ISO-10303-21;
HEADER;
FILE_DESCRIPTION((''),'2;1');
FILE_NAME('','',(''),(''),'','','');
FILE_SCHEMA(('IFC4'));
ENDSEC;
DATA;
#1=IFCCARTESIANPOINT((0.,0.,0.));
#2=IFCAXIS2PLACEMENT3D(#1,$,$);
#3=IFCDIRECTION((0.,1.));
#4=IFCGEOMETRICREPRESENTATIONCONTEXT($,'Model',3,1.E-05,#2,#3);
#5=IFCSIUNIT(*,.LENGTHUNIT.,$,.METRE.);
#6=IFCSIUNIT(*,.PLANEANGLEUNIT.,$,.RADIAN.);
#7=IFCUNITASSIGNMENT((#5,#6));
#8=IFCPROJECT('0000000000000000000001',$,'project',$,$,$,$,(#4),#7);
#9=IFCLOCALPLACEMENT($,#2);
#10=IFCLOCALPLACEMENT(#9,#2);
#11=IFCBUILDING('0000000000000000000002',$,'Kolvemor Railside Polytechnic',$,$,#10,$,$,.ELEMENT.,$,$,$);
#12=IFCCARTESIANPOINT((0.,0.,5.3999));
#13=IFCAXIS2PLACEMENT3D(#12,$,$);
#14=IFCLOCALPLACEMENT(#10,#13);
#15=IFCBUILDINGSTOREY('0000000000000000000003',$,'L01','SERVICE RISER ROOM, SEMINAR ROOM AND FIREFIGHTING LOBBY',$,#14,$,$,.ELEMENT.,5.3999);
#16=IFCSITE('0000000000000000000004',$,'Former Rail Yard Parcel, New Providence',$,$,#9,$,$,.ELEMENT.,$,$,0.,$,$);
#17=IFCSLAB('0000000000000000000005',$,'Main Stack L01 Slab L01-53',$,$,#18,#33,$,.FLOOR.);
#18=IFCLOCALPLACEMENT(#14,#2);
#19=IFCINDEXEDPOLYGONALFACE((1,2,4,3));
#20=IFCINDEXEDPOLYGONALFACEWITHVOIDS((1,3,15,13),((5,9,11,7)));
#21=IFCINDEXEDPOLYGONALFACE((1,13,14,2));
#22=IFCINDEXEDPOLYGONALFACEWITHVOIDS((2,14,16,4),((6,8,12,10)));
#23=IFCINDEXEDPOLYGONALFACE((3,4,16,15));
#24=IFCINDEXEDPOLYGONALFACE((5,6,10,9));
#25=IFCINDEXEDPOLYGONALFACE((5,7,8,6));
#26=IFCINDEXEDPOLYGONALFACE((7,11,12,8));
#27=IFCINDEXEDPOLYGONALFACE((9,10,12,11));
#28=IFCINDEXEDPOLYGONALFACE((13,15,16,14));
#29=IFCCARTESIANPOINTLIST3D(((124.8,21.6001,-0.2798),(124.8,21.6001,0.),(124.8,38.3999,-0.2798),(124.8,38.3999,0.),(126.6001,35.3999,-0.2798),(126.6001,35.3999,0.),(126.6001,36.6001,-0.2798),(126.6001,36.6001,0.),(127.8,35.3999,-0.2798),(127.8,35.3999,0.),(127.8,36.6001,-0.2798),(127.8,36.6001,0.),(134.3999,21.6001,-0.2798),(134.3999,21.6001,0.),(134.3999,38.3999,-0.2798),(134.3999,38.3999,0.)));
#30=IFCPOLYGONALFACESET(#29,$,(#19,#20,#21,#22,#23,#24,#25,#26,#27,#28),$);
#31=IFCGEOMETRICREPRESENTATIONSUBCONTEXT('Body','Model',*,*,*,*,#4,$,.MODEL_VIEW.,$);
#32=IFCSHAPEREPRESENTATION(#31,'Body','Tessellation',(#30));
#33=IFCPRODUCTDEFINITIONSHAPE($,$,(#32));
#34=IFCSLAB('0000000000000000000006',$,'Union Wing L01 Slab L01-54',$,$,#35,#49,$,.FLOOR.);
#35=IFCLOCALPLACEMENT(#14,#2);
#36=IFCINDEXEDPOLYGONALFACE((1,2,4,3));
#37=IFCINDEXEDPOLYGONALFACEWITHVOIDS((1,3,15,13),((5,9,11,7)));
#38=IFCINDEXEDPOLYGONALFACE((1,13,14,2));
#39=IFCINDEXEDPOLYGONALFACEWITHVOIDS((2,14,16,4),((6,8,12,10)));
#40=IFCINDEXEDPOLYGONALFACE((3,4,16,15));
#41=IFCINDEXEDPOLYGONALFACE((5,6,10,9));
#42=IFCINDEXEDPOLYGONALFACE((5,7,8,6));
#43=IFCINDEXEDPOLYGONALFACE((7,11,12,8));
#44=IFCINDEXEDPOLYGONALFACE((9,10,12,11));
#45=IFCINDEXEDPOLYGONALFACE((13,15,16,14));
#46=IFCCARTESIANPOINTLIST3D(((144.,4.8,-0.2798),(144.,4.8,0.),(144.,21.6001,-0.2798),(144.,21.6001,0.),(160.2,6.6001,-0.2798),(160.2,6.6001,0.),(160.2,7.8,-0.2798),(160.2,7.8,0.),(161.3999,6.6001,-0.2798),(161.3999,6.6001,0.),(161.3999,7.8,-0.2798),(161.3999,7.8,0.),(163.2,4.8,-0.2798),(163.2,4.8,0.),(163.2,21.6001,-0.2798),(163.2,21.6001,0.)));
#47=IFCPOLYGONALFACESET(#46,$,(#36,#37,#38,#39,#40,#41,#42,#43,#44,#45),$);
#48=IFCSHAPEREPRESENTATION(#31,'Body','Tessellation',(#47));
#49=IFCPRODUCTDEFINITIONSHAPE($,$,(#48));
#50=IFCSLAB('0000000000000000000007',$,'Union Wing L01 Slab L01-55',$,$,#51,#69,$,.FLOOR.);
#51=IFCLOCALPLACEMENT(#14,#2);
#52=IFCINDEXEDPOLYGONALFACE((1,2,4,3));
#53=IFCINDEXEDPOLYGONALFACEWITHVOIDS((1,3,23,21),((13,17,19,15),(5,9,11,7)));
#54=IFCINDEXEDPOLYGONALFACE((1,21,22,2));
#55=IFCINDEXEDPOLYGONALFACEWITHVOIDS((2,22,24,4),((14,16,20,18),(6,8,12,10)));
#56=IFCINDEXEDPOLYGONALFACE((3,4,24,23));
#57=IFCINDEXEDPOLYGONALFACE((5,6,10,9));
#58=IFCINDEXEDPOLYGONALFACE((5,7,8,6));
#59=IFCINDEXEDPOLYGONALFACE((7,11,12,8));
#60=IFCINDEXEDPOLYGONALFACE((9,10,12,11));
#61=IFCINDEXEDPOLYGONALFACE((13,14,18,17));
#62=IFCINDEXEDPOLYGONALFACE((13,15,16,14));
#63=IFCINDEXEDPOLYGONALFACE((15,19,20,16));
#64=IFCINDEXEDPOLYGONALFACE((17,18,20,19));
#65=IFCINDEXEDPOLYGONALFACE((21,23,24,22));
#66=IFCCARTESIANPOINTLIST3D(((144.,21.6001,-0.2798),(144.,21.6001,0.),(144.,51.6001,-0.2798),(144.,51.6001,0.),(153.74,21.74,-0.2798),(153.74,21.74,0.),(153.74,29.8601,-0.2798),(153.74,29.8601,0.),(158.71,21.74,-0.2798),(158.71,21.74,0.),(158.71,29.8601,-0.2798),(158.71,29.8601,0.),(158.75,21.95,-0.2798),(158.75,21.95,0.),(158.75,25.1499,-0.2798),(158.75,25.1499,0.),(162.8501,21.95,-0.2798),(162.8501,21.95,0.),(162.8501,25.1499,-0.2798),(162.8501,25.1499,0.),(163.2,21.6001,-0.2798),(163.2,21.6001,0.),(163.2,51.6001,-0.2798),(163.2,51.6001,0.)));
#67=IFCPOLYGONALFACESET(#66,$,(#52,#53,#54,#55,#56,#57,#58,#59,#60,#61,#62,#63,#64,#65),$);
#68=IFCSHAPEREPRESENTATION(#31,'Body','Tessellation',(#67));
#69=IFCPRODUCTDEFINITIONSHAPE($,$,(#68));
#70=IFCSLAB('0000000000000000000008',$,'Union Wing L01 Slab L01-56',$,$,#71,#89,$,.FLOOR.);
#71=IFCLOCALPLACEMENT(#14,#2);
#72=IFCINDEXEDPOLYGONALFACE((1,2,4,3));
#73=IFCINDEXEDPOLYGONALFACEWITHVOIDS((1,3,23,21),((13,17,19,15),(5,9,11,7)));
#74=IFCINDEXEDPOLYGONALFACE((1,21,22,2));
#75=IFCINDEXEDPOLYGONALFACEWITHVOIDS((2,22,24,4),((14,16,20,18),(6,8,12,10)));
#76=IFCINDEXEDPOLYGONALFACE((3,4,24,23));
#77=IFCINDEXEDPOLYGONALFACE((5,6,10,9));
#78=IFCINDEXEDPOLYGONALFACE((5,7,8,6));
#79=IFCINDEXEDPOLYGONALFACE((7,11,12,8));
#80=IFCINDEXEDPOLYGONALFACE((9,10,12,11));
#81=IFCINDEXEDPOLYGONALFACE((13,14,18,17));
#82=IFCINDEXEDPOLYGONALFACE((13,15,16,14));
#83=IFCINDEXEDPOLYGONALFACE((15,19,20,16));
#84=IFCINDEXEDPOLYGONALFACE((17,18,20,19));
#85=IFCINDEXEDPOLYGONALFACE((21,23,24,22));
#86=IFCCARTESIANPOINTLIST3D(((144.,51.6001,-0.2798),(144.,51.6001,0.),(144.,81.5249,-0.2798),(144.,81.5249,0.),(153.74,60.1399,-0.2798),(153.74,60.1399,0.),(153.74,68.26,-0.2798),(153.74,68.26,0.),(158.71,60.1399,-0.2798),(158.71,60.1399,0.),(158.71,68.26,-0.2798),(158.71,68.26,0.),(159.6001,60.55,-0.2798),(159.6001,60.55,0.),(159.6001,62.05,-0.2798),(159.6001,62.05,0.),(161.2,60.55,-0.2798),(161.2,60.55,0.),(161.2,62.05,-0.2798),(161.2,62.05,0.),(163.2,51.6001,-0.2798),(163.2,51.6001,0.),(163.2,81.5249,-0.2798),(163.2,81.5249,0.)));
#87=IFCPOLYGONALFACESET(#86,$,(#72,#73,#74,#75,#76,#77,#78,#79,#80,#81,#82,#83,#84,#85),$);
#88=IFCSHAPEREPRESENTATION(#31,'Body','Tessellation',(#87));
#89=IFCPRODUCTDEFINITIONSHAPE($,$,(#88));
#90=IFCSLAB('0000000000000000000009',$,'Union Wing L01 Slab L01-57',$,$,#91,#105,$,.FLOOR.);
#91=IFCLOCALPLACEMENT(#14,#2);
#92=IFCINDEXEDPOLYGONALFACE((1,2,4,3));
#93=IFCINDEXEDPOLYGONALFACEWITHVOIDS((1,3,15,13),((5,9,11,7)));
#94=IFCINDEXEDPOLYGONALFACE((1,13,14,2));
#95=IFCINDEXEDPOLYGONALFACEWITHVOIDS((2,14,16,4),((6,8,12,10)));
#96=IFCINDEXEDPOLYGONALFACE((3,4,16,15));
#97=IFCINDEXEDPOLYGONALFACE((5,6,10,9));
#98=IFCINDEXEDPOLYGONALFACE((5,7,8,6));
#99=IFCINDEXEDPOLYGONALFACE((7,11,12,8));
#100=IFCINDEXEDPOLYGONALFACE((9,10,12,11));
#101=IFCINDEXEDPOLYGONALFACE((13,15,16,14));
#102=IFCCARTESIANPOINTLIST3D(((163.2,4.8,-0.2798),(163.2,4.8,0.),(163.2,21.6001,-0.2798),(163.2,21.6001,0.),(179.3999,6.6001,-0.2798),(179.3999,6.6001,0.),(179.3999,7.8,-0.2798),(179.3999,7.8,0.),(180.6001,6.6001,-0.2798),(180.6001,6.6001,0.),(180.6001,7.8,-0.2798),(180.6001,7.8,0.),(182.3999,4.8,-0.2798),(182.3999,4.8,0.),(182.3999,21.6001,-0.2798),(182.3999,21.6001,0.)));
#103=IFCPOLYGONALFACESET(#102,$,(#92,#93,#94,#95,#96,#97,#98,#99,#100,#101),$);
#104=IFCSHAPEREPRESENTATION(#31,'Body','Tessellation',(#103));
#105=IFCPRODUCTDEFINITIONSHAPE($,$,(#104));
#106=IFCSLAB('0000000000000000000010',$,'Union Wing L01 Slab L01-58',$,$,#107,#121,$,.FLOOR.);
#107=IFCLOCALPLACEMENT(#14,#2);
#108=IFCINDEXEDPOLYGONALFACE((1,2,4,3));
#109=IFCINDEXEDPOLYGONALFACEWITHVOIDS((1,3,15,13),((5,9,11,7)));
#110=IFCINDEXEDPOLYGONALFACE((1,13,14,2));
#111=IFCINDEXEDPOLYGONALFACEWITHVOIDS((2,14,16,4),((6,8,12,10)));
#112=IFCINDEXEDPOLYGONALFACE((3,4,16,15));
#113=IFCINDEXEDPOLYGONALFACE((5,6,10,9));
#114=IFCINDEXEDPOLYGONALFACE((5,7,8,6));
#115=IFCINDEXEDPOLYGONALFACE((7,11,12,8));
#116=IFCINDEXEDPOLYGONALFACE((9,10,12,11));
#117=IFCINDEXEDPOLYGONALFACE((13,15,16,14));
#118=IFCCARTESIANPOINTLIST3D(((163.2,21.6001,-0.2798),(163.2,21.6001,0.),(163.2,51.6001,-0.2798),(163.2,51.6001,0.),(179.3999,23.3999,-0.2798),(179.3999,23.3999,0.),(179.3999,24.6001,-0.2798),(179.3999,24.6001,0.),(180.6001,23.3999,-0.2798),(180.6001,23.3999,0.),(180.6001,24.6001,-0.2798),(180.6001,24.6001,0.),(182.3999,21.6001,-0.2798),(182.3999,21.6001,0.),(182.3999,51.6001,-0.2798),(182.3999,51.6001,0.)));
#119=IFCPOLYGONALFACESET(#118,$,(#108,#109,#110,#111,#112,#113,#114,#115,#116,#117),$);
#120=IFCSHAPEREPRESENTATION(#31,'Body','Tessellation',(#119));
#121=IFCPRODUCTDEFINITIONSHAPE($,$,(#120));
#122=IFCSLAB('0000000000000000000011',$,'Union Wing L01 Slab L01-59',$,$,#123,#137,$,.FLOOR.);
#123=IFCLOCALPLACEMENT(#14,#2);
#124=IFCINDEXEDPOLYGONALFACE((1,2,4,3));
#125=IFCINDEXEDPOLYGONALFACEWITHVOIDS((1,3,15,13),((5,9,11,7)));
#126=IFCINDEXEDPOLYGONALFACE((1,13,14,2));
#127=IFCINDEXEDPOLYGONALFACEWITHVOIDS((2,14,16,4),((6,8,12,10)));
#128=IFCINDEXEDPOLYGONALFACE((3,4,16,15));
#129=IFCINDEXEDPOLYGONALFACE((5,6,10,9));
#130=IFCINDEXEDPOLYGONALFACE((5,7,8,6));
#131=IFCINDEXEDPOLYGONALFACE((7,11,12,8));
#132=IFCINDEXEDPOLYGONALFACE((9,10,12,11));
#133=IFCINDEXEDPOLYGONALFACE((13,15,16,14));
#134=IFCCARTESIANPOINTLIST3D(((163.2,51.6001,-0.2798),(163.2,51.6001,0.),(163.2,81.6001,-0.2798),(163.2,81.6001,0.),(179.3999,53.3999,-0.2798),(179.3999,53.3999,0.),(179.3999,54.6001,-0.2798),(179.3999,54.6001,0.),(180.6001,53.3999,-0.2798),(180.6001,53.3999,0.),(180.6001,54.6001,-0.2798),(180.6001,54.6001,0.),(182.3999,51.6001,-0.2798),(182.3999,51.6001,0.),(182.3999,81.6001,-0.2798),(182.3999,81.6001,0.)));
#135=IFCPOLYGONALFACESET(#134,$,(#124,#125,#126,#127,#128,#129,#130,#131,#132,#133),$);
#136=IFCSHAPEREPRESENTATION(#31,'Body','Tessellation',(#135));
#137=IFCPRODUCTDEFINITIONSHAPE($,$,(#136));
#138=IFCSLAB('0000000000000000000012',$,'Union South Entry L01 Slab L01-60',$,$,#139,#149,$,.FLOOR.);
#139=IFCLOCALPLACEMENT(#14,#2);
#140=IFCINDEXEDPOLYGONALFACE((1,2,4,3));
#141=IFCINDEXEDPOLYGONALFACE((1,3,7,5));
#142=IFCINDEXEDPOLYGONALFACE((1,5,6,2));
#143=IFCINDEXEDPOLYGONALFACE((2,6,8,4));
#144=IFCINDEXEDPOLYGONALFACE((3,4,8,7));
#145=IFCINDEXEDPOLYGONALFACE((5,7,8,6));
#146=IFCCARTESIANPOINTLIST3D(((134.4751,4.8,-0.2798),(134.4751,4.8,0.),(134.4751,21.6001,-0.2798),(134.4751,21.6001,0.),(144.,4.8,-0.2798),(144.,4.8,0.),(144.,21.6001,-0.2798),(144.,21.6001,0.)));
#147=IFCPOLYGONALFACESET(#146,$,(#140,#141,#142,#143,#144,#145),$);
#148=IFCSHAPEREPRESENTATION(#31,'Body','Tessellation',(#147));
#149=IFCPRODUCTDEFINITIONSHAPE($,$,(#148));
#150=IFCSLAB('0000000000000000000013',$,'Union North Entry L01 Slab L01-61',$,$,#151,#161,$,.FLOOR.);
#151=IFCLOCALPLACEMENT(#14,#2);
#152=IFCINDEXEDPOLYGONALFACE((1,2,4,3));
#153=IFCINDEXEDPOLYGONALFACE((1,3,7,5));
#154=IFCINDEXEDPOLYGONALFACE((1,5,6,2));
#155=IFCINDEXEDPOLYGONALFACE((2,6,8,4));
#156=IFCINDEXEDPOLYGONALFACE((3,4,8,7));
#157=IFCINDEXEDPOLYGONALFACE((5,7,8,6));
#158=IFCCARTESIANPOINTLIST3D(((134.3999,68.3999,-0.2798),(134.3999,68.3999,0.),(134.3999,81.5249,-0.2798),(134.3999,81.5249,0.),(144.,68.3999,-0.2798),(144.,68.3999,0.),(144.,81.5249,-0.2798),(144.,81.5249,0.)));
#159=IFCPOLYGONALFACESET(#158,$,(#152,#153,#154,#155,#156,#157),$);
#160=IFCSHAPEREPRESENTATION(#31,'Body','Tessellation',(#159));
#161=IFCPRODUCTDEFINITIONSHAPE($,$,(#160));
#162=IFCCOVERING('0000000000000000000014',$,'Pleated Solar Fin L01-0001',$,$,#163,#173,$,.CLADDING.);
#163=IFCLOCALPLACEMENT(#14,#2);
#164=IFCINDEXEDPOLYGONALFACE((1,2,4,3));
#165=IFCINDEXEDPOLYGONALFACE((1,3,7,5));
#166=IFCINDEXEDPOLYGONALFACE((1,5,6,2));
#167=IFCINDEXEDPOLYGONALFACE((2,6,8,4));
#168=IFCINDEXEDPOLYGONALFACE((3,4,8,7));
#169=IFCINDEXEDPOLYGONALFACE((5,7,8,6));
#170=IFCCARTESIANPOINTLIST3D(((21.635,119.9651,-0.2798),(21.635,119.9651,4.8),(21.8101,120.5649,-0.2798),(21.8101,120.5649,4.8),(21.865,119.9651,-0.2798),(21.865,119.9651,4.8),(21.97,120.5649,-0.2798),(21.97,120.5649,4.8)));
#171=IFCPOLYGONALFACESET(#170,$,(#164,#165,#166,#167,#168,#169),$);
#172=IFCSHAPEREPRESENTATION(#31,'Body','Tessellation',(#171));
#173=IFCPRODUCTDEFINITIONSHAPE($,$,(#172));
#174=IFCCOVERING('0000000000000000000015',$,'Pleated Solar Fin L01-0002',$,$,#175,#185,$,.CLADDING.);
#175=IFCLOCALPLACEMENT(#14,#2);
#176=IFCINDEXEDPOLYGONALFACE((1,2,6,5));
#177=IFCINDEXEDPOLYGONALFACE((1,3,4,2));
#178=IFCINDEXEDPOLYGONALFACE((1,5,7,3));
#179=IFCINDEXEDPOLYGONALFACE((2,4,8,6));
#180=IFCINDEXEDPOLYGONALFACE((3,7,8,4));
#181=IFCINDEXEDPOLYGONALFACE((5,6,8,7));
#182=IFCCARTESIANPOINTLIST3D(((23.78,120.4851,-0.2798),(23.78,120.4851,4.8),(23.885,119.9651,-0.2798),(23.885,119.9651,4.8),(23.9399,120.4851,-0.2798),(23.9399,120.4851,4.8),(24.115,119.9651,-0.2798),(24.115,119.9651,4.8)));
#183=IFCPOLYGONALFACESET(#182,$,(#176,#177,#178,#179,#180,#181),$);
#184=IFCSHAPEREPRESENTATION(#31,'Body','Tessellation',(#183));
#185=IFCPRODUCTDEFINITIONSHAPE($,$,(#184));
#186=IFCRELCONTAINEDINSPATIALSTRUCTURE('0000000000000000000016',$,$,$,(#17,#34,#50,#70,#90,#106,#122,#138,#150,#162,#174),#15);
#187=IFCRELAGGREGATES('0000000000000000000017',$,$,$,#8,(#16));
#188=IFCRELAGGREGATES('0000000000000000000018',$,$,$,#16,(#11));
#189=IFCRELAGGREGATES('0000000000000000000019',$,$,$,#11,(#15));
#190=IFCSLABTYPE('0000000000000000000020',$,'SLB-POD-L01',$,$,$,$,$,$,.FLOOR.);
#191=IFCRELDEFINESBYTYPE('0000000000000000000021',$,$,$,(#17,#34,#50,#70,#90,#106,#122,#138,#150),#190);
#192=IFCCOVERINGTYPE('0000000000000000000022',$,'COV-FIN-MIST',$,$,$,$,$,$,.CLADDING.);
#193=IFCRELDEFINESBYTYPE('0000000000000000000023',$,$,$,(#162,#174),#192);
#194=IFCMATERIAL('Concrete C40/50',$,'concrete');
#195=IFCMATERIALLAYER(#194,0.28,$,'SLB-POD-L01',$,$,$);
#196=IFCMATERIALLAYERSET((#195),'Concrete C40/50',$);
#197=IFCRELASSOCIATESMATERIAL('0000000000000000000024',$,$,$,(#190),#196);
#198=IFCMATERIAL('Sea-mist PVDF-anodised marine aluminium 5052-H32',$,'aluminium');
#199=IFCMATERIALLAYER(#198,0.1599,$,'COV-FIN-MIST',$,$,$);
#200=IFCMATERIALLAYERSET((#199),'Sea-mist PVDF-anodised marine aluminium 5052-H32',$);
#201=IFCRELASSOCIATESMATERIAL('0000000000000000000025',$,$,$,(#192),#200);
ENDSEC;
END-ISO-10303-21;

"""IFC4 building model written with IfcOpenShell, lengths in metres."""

from ifc_helpers import new_model, si_unit, direction, frame, origin, place, context, subcontext, project, spatial, polyline, outline, extrude, material, layer, layer_set, type_object, element, save


model = new_model("IFC4")

# Units and contexts
model_context = context("Model", 3, precision=1e-05, world=origin(), true_north=direction((0.0, 1.0)))
body_context = subcontext(model_context, "Body", "Model", "MODEL_VIEW")
ifc_project = project(units=[si_unit("LENGTHUNIT", "METRE"), si_unit("PLANEANGLEUNIT", "RADIAN")], contexts=[model_context])

# Site, building, storey
site_placement = place(None, origin())
site = spatial("IfcSite", under=ifc_project, at=site_placement, Name="Former Rail Yard Parcel, New Providence", CompositionType="ELEMENT", RefElevation=0.0)
building_placement = place(site_placement, origin())
building = spatial("IfcBuilding", under=site, at=building_placement, Name="Kolvemor Railside Polytechnic", CompositionType="ELEMENT")
storey_placement = place(building_placement, frame((0.0, 0.0, 5.3999)))
storey = spatial("IfcBuildingStorey", under=building, at=storey_placement, Name="L01", Description="SERVICE RISER ROOM, SEMINAR ROOM AND FIREFIGHTING LOBBY", CompositionType="ELEMENT", Elevation=5.3999)

# Slabs
ifc_material_1 = material(Name="Concrete C40/50", Category="concrete")
ifc_layer_1 = layer(ifc_material_1, 0.28, Name="SLB-POD-L01")
ifc_layer_set_1 = layer_set([ifc_layer_1], Name="Concrete C40/50")
slab_type = type_object("IfcSlabType", Name="SLB-POD-L01", PredefinedType="FLOOR", material=ifc_layer_set_1)
slab_1_placement = place(storey_placement, frame((0.0, 0.0, -0.2798)))
element("IfcSlab", 1, at=slab_1_placement, inside=storey, type_object=slab_type, Name="Main Stack L01 Slab L01-53", PredefinedType="FLOOR", context=body_context, shape_type="SweptSolid", body=[
    extrude(outline(polyline([(124.8, 21.6001), (134.3999, 21.6001), (134.3999, 38.3999), (124.8, 38.3999), (124.8, 21.6001)]), holes=[polyline([(126.6001, 35.3999), (127.8, 35.3999), (127.8, 36.6001), (126.6001, 36.6001), (126.6001, 35.3999)])]), origin(), (0.0, 0.0, 1.0), 0.2798),
])
slab_2_placement = place(storey_placement, frame((0.0, 0.0, -0.2798)))
element("IfcSlab", 2, at=slab_2_placement, inside=storey, type_object=slab_type, Name="Union Wing L01 Slab L01-54", PredefinedType="FLOOR", context=body_context, shape_type="SweptSolid", body=[
    extrude(outline(polyline([(144.0, 4.8), (163.2, 4.8), (163.2, 21.6001), (144.0, 21.6001), (144.0, 4.8)]), holes=[polyline([(160.2, 6.6001), (161.3999, 6.6001), (161.3999, 7.8), (160.2, 7.8), (160.2, 6.6001)])]), origin(), (0.0, 0.0, 1.0), 0.2798),
])
slab_3_placement = place(storey_placement, frame((0.0, 0.0, -0.2798)))
element("IfcSlab", 3, at=slab_3_placement, inside=storey, type_object=slab_type, Name="Union Wing L01 Slab L01-55", PredefinedType="FLOOR", context=body_context, shape_type="SweptSolid", body=[
    extrude(outline(polyline([(144.0, 21.6001), (163.2, 21.6001), (163.2, 51.6001), (144.0, 51.6001), (144.0, 21.6001)]), holes=[polyline([(153.74, 21.74), (158.71, 21.74), (158.71, 29.8601), (153.74, 29.8601), (153.74, 21.74)]), polyline([(158.75, 21.95), (162.8501, 21.95), (162.8501, 25.1499), (158.75, 25.1499), (158.75, 21.95)])]), origin(), (0.0, 0.0, 1.0), 0.2798),
])
slab_4_placement = place(storey_placement, frame((0.0, 0.0, -0.2798)))
element("IfcSlab", 4, at=slab_4_placement, inside=storey, type_object=slab_type, Name="Union Wing L01 Slab L01-56", PredefinedType="FLOOR", context=body_context, shape_type="SweptSolid", body=[
    extrude(outline(polyline([(144.0, 51.6001), (163.2, 51.6001), (163.2, 81.5249), (144.0, 81.5249), (144.0, 51.6001)]), holes=[polyline([(153.74, 60.1399), (158.71, 60.1399), (158.71, 68.26), (153.74, 68.26), (153.74, 60.1399)]), polyline([(159.6001, 60.55), (161.2, 60.55), (161.2, 62.05), (159.6001, 62.05), (159.6001, 60.55)])]), origin(), (0.0, 0.0, 1.0), 0.2798),
])
slab_5_placement = place(storey_placement, frame((0.0, 0.0, -0.2798)))
element("IfcSlab", 5, at=slab_5_placement, inside=storey, type_object=slab_type, Name="Union Wing L01 Slab L01-57", PredefinedType="FLOOR", context=body_context, shape_type="SweptSolid", body=[
    extrude(outline(polyline([(163.2, 4.8), (182.3999, 4.8), (182.3999, 21.6001), (163.2, 21.6001), (163.2, 4.8)]), holes=[polyline([(179.3999, 6.6001), (180.6001, 6.6001), (180.6001, 7.8), (179.3999, 7.8), (179.3999, 6.6001)])]), origin(), (0.0, 0.0, 1.0), 0.2798),
])
slab_6_placement = place(storey_placement, frame((0.0, 0.0, -0.2798)))
element("IfcSlab", 6, at=slab_6_placement, inside=storey, type_object=slab_type, Name="Union Wing L01 Slab L01-58", PredefinedType="FLOOR", context=body_context, shape_type="SweptSolid", body=[
    extrude(outline(polyline([(163.2, 21.6001), (182.3999, 21.6001), (182.3999, 51.6001), (163.2, 51.6001), (163.2, 21.6001)]), holes=[polyline([(179.3999, 23.3999), (180.6001, 23.3999), (180.6001, 24.6001), (179.3999, 24.6001), (179.3999, 23.3999)])]), origin(), (0.0, 0.0, 1.0), 0.2798),
])
slab_7_placement = place(storey_placement, frame((0.0, 0.0, -0.2798)))
element("IfcSlab", 7, at=slab_7_placement, inside=storey, type_object=slab_type, Name="Union Wing L01 Slab L01-59", PredefinedType="FLOOR", context=body_context, shape_type="SweptSolid", body=[
    extrude(outline(polyline([(163.2, 51.6001), (182.3999, 51.6001), (182.3999, 81.6001), (163.2, 81.6001), (163.2, 51.6001)]), holes=[polyline([(179.3999, 53.3999), (180.6001, 53.3999), (180.6001, 54.6001), (179.3999, 54.6001), (179.3999, 53.3999)])]), origin(), (0.0, 0.0, 1.0), 0.2798),
])
slab_8_placement = place(storey_placement, frame((0.0, 0.0, -0.2798)))
element("IfcSlab", 8, at=slab_8_placement, inside=storey, type_object=slab_type, Name="Union South Entry L01 Slab L01-60", PredefinedType="FLOOR", context=body_context, shape_type="SweptSolid", body=[
    extrude(outline(polyline([(134.4751, 4.8), (144.0, 4.8), (144.0, 21.6001), (134.4751, 21.6001), (134.4751, 4.8)])), origin(), (0.0, 0.0, 1.0), 0.2798),
])
slab_9_placement = place(storey_placement, frame((0.0, 0.0, -0.2798)))
element("IfcSlab", 9, at=slab_9_placement, inside=storey, type_object=slab_type, Name="Union North Entry L01 Slab L01-61", PredefinedType="FLOOR", context=body_context, shape_type="SweptSolid", body=[
    extrude(outline(polyline([(134.3999, 68.3999), (144.0, 68.3999), (144.0, 81.5249), (134.3999, 81.5249), (134.3999, 68.3999)])), origin(), (0.0, 0.0, 1.0), 0.2798),
])

# Coverings
ifc_material_2 = material(Name="Sea-mist PVDF-anodised marine aluminium 5052-H32", Category="aluminium")
ifc_layer_2 = layer(ifc_material_2, 0.1599, Name="COV-FIN-MIST")
ifc_layer_set_2 = layer_set([ifc_layer_2], Name="Sea-mist PVDF-anodised marine aluminium 5052-H32")
covering_type = type_object("IfcCoveringType", Name="COV-FIN-MIST", PredefinedType="CLADDING", material=ifc_layer_set_2)
covering_1_placement = place(storey_placement, frame((0.0, 0.0, -0.2798)))
element("IfcCovering", 10, at=covering_1_placement, inside=storey, type_object=covering_type, Name="Pleated Solar Fin L01-0001", PredefinedType="CLADDING", context=body_context, shape_type="SweptSolid", body=[
    extrude(outline(polyline([(21.635, 119.9651), (21.865, 119.9651), (21.97, 120.5649), (21.8101, 120.5649), (21.635, 119.9651)])), origin(), (0.0, 0.0, 1.0), 5.0798),
])
covering_2_placement = place(storey_placement, frame((0.0, 0.0, -0.2798)))
element("IfcCovering", 11, at=covering_2_placement, inside=storey, type_object=covering_type, Name="Pleated Solar Fin L01-0002", PredefinedType="CLADDING", context=body_context, shape_type="SweptSolid", body=[
    extrude(outline(polyline([(23.885, 119.9651), (24.115, 119.9651), (23.9399, 120.4851), (23.78, 120.4851), (23.885, 119.9651)])), origin(), (0.0, 0.0, 1.0), 5.0798),
])

save(model, "model.ifc")
